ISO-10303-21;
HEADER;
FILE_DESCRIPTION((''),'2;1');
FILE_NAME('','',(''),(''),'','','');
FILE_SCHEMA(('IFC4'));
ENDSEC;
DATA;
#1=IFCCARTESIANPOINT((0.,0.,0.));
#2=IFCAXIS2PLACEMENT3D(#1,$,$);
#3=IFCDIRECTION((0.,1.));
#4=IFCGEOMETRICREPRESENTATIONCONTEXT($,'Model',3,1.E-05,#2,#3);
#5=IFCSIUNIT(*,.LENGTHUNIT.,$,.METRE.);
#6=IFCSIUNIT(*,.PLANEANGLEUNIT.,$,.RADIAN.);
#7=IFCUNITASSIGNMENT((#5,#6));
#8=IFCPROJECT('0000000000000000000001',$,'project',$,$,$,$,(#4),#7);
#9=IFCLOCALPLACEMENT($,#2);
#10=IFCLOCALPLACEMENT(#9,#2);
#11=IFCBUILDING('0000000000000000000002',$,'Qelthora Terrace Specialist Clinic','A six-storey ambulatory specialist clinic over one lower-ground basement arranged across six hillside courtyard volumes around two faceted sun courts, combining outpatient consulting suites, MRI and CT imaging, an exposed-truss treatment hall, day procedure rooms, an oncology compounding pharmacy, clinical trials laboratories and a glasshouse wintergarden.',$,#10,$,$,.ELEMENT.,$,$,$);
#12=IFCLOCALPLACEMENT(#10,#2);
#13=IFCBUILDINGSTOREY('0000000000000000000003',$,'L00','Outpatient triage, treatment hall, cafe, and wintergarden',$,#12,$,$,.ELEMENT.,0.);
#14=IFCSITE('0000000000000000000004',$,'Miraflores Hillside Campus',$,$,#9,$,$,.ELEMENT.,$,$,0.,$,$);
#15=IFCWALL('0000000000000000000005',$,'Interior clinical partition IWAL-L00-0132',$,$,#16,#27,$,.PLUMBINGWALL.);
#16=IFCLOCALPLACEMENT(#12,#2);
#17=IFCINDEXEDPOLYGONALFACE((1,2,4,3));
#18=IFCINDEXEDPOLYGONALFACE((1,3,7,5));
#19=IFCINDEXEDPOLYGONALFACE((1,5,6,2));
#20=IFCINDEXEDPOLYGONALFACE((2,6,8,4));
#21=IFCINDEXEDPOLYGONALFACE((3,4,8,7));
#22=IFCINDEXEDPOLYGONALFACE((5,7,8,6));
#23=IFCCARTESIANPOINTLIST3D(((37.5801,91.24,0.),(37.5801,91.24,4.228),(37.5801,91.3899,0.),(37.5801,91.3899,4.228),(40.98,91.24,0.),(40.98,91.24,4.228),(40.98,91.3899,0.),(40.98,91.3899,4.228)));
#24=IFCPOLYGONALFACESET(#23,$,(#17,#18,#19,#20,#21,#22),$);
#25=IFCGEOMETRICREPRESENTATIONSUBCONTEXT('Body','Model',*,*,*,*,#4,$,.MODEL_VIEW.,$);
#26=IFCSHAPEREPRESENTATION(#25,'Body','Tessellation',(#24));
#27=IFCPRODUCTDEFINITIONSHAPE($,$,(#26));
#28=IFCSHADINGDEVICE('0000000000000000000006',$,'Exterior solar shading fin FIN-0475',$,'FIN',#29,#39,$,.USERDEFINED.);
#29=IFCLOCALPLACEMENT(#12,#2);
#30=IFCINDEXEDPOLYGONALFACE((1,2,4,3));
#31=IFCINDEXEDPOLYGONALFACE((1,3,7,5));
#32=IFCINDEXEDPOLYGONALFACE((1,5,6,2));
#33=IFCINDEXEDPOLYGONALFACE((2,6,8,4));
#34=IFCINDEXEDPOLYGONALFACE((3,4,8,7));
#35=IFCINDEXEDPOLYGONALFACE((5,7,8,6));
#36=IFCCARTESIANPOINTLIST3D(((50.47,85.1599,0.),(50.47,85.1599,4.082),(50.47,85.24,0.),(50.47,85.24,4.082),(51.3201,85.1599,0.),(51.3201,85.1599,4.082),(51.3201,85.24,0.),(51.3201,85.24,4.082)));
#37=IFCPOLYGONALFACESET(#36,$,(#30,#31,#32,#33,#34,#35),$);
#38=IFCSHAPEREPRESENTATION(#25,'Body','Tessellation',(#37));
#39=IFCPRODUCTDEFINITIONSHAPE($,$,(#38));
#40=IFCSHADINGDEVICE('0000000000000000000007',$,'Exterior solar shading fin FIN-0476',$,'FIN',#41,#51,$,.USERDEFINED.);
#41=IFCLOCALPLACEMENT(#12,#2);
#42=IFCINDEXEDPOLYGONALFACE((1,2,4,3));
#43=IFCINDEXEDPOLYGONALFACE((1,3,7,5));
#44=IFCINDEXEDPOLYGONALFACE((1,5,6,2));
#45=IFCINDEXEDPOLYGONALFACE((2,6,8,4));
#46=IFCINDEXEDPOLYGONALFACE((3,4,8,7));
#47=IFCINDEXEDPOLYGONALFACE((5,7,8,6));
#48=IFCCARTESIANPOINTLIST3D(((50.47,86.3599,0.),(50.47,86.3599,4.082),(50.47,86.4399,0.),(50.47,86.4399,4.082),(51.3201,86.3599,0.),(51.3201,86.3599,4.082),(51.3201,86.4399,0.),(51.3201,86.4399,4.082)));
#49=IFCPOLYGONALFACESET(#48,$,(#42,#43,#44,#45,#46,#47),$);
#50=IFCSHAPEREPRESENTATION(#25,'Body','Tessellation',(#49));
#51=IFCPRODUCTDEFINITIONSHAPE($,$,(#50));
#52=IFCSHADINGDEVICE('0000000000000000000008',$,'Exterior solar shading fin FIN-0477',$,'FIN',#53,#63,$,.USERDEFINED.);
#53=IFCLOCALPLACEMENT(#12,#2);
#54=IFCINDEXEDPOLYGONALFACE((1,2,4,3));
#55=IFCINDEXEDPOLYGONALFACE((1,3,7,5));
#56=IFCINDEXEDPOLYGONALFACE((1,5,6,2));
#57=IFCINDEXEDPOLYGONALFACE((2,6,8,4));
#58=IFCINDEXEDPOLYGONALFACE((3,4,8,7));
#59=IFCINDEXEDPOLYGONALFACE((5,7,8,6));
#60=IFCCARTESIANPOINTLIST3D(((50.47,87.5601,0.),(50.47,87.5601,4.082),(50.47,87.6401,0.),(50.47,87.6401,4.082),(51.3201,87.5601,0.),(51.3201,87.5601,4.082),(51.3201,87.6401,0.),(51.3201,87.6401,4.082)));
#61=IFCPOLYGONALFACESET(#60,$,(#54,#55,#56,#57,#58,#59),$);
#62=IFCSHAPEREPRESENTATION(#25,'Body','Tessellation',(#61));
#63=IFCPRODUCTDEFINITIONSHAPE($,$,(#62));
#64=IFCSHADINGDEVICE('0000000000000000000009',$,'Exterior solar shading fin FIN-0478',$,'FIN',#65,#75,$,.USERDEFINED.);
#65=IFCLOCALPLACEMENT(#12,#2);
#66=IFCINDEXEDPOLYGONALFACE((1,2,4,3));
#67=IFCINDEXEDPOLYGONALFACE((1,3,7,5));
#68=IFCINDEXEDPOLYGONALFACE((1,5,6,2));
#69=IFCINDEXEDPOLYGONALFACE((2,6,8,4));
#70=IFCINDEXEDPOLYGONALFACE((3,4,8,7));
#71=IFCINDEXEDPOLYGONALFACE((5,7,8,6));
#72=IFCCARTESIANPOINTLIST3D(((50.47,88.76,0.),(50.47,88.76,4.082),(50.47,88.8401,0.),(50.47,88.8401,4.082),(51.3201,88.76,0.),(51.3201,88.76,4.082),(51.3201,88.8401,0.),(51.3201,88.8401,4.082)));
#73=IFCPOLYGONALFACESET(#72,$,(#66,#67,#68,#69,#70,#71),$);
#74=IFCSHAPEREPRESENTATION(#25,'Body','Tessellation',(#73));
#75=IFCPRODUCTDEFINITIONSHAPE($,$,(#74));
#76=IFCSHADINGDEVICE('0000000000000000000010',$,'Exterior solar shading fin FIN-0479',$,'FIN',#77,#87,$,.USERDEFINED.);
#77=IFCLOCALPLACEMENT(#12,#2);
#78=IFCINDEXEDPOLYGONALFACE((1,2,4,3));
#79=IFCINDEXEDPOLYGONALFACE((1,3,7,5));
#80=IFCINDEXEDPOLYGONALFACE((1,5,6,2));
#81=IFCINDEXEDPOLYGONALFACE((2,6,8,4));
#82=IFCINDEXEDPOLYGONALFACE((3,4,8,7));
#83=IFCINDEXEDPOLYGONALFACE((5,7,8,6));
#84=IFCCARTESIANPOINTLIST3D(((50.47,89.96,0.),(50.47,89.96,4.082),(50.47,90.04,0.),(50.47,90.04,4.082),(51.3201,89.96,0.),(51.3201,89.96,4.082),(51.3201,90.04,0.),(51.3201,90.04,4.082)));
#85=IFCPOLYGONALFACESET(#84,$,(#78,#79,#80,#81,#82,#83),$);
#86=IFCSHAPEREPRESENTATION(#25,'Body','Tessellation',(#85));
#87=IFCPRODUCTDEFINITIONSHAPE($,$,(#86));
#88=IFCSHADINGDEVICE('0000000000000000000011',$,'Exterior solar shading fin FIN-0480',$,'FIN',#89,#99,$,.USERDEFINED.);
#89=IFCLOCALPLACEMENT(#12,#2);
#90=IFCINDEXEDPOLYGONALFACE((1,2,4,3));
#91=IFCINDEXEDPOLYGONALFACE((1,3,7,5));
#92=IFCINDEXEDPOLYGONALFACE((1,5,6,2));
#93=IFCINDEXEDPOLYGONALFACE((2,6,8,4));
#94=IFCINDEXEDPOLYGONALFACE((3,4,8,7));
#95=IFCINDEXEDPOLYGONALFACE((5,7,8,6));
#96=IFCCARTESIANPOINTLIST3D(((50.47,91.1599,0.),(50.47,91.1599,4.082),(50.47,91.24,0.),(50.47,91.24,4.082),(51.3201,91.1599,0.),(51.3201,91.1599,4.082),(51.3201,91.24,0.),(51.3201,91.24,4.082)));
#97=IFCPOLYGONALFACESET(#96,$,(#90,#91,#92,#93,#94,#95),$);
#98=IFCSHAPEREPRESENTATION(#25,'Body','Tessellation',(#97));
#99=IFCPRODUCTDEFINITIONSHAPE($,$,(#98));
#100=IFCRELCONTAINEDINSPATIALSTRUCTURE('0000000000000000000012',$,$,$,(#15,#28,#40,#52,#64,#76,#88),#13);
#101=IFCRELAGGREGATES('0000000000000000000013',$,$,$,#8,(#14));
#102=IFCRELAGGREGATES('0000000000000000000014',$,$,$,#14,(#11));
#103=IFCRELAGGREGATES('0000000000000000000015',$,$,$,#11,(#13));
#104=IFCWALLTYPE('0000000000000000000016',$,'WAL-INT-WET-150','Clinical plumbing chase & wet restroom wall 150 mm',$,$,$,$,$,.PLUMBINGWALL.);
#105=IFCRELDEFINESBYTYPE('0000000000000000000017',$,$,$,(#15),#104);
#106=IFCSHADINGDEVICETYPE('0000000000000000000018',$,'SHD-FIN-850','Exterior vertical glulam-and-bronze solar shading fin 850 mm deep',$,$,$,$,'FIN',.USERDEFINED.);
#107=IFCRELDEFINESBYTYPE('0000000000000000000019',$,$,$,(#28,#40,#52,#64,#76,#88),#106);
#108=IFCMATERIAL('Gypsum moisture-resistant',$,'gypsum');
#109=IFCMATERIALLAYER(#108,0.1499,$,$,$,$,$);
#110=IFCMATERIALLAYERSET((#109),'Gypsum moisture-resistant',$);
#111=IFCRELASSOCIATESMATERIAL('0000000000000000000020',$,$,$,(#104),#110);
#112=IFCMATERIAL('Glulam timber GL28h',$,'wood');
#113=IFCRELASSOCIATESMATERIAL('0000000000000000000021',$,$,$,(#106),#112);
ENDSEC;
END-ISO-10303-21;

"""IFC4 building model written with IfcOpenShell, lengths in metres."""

from ifc_helpers import new_model, si_unit, direction, frame, frame_2d, origin, origin_2d, place, context, subcontext, project, spatial, rectangle, extrude, material, layer, layer_set, type_object, element, save


model = new_model("IFC4")

# Units and contexts
model_context = context("Model", 3, precision=1e-05, world=origin(), true_north=direction((0.0, 1.0)))
body_context = subcontext(model_context, "Body", "Model", "MODEL_VIEW")
ifc_project = project(units=[si_unit("LENGTHUNIT", "METRE"), si_unit("PLANEANGLEUNIT", "RADIAN")], contexts=[model_context])

# Site, building, storey
site_placement = place(None, origin())
site = spatial("IfcSite", under=ifc_project, at=site_placement, Name="Miraflores Hillside Campus", CompositionType="ELEMENT", RefElevation=0.0)
building_placement = place(site_placement, origin())
building = spatial("IfcBuilding", under=site, at=building_placement, Name="Qelthora Terrace Specialist Clinic", Description="A six-storey ambulatory specialist clinic over one lower-ground basement arranged across six hillside courtyard volumes around two faceted sun courts, combining outpatient consulting suites, MRI and CT imaging, an exposed-truss treatment hall, day procedure rooms, an oncology compounding pharmacy, clinical trials laboratories and a glasshouse wintergarden.", CompositionType="ELEMENT")
storey_placement = place(building_placement, origin())
storey = spatial("IfcBuildingStorey", under=building, at=storey_placement, Name="L00", Description="Outpatient triage, treatment hall, cafe, and wintergarden", CompositionType="ELEMENT", Elevation=0.0)

# Wall
ifc_material_1 = material(Name="Gypsum moisture-resistant", Category="gypsum")
ifc_layer_1 = layer(ifc_material_1, 0.1499)
ifc_layer_set_1 = layer_set([ifc_layer_1], Name="Gypsum moisture-resistant")
wall_type_1 = type_object("IfcWallType", Name="WAL-INT-WET-150", Description="Clinical plumbing chase & wet restroom wall 150 mm", PredefinedType="PLUMBINGWALL", material=ifc_layer_set_1)
wall_1_placement = place(storey_placement, frame((37.5801, 91.3149, 0.0), z_axis=(0.0, 0.0, 1.0), x_axis=(1.0, 0.0, 0.0)))
element("IfcWall", 1, at=wall_1_placement, inside=storey, type_object=wall_type_1, Name="Interior clinical partition IWAL-L00-0132", PredefinedType="PLUMBINGWALL", context=body_context, shape_type="SweptSolid", body=[
    extrude(rectangle(XDim=3.3999, YDim=0.1499, at=frame_2d((1.7, 0.0))), origin(), (0.0, 0.0, 1.0), 4.228),
])

# Shading devices
ifc_material_2 = material(Name="Glulam timber GL28h", Category="wood")
shading_device_type = type_object("IfcShadingDeviceType", Name="SHD-FIN-850", Description="Exterior vertical glulam-and-bronze solar shading fin 850 mm deep", ElementType="FIN", PredefinedType="USERDEFINED", material=ifc_material_2)
for number, where, z_axis, x_axis, name in (
    (2, (50.895, 85.2, 0.0), (0.0, 0.0, 1.0), (1.0, 0.0, 0.0), "Exterior solar shading fin FIN-0475"),
    (3, (50.895, 86.3999, 0.0), (0.0, 0.0, 1.0), (1.0, 0.0, 0.0), "Exterior solar shading fin FIN-0476"),
    (4, (50.895, 87.6001, 0.0), (0.0, 0.0, 1.0), (1.0, 0.0, 0.0), "Exterior solar shading fin FIN-0477"),
    (5, (50.895, 88.8, 0.0), (0.0, 0.0, 1.0), (1.0, 0.0, 0.0), "Exterior solar shading fin FIN-0478"),
    (6, (50.895, 90.0, 0.0), (0.0, 0.0, 1.0), (1.0, 0.0, 0.0), "Exterior solar shading fin FIN-0479"),
    (7, (50.895, 91.2, 0.0), (0.0, 0.0, 1.0), (1.0, 0.0, 0.0), "Exterior solar shading fin FIN-0480"),
):
    element("IfcShadingDevice", number, at=place(storey_placement, frame(where, z_axis=z_axis, x_axis=x_axis)), inside=storey, type_object=shading_device_type, Name=name, ObjectType="FIN", PredefinedType="USERDEFINED", context=body_context, shape_type="SweptSolid", body=[
        extrude(rectangle(XDim=0.8501, YDim=0.0801, at=origin_2d()), origin(), (0.0, 0.0, 1.0), 4.082),
    ])

save(model, "model.ifc")
